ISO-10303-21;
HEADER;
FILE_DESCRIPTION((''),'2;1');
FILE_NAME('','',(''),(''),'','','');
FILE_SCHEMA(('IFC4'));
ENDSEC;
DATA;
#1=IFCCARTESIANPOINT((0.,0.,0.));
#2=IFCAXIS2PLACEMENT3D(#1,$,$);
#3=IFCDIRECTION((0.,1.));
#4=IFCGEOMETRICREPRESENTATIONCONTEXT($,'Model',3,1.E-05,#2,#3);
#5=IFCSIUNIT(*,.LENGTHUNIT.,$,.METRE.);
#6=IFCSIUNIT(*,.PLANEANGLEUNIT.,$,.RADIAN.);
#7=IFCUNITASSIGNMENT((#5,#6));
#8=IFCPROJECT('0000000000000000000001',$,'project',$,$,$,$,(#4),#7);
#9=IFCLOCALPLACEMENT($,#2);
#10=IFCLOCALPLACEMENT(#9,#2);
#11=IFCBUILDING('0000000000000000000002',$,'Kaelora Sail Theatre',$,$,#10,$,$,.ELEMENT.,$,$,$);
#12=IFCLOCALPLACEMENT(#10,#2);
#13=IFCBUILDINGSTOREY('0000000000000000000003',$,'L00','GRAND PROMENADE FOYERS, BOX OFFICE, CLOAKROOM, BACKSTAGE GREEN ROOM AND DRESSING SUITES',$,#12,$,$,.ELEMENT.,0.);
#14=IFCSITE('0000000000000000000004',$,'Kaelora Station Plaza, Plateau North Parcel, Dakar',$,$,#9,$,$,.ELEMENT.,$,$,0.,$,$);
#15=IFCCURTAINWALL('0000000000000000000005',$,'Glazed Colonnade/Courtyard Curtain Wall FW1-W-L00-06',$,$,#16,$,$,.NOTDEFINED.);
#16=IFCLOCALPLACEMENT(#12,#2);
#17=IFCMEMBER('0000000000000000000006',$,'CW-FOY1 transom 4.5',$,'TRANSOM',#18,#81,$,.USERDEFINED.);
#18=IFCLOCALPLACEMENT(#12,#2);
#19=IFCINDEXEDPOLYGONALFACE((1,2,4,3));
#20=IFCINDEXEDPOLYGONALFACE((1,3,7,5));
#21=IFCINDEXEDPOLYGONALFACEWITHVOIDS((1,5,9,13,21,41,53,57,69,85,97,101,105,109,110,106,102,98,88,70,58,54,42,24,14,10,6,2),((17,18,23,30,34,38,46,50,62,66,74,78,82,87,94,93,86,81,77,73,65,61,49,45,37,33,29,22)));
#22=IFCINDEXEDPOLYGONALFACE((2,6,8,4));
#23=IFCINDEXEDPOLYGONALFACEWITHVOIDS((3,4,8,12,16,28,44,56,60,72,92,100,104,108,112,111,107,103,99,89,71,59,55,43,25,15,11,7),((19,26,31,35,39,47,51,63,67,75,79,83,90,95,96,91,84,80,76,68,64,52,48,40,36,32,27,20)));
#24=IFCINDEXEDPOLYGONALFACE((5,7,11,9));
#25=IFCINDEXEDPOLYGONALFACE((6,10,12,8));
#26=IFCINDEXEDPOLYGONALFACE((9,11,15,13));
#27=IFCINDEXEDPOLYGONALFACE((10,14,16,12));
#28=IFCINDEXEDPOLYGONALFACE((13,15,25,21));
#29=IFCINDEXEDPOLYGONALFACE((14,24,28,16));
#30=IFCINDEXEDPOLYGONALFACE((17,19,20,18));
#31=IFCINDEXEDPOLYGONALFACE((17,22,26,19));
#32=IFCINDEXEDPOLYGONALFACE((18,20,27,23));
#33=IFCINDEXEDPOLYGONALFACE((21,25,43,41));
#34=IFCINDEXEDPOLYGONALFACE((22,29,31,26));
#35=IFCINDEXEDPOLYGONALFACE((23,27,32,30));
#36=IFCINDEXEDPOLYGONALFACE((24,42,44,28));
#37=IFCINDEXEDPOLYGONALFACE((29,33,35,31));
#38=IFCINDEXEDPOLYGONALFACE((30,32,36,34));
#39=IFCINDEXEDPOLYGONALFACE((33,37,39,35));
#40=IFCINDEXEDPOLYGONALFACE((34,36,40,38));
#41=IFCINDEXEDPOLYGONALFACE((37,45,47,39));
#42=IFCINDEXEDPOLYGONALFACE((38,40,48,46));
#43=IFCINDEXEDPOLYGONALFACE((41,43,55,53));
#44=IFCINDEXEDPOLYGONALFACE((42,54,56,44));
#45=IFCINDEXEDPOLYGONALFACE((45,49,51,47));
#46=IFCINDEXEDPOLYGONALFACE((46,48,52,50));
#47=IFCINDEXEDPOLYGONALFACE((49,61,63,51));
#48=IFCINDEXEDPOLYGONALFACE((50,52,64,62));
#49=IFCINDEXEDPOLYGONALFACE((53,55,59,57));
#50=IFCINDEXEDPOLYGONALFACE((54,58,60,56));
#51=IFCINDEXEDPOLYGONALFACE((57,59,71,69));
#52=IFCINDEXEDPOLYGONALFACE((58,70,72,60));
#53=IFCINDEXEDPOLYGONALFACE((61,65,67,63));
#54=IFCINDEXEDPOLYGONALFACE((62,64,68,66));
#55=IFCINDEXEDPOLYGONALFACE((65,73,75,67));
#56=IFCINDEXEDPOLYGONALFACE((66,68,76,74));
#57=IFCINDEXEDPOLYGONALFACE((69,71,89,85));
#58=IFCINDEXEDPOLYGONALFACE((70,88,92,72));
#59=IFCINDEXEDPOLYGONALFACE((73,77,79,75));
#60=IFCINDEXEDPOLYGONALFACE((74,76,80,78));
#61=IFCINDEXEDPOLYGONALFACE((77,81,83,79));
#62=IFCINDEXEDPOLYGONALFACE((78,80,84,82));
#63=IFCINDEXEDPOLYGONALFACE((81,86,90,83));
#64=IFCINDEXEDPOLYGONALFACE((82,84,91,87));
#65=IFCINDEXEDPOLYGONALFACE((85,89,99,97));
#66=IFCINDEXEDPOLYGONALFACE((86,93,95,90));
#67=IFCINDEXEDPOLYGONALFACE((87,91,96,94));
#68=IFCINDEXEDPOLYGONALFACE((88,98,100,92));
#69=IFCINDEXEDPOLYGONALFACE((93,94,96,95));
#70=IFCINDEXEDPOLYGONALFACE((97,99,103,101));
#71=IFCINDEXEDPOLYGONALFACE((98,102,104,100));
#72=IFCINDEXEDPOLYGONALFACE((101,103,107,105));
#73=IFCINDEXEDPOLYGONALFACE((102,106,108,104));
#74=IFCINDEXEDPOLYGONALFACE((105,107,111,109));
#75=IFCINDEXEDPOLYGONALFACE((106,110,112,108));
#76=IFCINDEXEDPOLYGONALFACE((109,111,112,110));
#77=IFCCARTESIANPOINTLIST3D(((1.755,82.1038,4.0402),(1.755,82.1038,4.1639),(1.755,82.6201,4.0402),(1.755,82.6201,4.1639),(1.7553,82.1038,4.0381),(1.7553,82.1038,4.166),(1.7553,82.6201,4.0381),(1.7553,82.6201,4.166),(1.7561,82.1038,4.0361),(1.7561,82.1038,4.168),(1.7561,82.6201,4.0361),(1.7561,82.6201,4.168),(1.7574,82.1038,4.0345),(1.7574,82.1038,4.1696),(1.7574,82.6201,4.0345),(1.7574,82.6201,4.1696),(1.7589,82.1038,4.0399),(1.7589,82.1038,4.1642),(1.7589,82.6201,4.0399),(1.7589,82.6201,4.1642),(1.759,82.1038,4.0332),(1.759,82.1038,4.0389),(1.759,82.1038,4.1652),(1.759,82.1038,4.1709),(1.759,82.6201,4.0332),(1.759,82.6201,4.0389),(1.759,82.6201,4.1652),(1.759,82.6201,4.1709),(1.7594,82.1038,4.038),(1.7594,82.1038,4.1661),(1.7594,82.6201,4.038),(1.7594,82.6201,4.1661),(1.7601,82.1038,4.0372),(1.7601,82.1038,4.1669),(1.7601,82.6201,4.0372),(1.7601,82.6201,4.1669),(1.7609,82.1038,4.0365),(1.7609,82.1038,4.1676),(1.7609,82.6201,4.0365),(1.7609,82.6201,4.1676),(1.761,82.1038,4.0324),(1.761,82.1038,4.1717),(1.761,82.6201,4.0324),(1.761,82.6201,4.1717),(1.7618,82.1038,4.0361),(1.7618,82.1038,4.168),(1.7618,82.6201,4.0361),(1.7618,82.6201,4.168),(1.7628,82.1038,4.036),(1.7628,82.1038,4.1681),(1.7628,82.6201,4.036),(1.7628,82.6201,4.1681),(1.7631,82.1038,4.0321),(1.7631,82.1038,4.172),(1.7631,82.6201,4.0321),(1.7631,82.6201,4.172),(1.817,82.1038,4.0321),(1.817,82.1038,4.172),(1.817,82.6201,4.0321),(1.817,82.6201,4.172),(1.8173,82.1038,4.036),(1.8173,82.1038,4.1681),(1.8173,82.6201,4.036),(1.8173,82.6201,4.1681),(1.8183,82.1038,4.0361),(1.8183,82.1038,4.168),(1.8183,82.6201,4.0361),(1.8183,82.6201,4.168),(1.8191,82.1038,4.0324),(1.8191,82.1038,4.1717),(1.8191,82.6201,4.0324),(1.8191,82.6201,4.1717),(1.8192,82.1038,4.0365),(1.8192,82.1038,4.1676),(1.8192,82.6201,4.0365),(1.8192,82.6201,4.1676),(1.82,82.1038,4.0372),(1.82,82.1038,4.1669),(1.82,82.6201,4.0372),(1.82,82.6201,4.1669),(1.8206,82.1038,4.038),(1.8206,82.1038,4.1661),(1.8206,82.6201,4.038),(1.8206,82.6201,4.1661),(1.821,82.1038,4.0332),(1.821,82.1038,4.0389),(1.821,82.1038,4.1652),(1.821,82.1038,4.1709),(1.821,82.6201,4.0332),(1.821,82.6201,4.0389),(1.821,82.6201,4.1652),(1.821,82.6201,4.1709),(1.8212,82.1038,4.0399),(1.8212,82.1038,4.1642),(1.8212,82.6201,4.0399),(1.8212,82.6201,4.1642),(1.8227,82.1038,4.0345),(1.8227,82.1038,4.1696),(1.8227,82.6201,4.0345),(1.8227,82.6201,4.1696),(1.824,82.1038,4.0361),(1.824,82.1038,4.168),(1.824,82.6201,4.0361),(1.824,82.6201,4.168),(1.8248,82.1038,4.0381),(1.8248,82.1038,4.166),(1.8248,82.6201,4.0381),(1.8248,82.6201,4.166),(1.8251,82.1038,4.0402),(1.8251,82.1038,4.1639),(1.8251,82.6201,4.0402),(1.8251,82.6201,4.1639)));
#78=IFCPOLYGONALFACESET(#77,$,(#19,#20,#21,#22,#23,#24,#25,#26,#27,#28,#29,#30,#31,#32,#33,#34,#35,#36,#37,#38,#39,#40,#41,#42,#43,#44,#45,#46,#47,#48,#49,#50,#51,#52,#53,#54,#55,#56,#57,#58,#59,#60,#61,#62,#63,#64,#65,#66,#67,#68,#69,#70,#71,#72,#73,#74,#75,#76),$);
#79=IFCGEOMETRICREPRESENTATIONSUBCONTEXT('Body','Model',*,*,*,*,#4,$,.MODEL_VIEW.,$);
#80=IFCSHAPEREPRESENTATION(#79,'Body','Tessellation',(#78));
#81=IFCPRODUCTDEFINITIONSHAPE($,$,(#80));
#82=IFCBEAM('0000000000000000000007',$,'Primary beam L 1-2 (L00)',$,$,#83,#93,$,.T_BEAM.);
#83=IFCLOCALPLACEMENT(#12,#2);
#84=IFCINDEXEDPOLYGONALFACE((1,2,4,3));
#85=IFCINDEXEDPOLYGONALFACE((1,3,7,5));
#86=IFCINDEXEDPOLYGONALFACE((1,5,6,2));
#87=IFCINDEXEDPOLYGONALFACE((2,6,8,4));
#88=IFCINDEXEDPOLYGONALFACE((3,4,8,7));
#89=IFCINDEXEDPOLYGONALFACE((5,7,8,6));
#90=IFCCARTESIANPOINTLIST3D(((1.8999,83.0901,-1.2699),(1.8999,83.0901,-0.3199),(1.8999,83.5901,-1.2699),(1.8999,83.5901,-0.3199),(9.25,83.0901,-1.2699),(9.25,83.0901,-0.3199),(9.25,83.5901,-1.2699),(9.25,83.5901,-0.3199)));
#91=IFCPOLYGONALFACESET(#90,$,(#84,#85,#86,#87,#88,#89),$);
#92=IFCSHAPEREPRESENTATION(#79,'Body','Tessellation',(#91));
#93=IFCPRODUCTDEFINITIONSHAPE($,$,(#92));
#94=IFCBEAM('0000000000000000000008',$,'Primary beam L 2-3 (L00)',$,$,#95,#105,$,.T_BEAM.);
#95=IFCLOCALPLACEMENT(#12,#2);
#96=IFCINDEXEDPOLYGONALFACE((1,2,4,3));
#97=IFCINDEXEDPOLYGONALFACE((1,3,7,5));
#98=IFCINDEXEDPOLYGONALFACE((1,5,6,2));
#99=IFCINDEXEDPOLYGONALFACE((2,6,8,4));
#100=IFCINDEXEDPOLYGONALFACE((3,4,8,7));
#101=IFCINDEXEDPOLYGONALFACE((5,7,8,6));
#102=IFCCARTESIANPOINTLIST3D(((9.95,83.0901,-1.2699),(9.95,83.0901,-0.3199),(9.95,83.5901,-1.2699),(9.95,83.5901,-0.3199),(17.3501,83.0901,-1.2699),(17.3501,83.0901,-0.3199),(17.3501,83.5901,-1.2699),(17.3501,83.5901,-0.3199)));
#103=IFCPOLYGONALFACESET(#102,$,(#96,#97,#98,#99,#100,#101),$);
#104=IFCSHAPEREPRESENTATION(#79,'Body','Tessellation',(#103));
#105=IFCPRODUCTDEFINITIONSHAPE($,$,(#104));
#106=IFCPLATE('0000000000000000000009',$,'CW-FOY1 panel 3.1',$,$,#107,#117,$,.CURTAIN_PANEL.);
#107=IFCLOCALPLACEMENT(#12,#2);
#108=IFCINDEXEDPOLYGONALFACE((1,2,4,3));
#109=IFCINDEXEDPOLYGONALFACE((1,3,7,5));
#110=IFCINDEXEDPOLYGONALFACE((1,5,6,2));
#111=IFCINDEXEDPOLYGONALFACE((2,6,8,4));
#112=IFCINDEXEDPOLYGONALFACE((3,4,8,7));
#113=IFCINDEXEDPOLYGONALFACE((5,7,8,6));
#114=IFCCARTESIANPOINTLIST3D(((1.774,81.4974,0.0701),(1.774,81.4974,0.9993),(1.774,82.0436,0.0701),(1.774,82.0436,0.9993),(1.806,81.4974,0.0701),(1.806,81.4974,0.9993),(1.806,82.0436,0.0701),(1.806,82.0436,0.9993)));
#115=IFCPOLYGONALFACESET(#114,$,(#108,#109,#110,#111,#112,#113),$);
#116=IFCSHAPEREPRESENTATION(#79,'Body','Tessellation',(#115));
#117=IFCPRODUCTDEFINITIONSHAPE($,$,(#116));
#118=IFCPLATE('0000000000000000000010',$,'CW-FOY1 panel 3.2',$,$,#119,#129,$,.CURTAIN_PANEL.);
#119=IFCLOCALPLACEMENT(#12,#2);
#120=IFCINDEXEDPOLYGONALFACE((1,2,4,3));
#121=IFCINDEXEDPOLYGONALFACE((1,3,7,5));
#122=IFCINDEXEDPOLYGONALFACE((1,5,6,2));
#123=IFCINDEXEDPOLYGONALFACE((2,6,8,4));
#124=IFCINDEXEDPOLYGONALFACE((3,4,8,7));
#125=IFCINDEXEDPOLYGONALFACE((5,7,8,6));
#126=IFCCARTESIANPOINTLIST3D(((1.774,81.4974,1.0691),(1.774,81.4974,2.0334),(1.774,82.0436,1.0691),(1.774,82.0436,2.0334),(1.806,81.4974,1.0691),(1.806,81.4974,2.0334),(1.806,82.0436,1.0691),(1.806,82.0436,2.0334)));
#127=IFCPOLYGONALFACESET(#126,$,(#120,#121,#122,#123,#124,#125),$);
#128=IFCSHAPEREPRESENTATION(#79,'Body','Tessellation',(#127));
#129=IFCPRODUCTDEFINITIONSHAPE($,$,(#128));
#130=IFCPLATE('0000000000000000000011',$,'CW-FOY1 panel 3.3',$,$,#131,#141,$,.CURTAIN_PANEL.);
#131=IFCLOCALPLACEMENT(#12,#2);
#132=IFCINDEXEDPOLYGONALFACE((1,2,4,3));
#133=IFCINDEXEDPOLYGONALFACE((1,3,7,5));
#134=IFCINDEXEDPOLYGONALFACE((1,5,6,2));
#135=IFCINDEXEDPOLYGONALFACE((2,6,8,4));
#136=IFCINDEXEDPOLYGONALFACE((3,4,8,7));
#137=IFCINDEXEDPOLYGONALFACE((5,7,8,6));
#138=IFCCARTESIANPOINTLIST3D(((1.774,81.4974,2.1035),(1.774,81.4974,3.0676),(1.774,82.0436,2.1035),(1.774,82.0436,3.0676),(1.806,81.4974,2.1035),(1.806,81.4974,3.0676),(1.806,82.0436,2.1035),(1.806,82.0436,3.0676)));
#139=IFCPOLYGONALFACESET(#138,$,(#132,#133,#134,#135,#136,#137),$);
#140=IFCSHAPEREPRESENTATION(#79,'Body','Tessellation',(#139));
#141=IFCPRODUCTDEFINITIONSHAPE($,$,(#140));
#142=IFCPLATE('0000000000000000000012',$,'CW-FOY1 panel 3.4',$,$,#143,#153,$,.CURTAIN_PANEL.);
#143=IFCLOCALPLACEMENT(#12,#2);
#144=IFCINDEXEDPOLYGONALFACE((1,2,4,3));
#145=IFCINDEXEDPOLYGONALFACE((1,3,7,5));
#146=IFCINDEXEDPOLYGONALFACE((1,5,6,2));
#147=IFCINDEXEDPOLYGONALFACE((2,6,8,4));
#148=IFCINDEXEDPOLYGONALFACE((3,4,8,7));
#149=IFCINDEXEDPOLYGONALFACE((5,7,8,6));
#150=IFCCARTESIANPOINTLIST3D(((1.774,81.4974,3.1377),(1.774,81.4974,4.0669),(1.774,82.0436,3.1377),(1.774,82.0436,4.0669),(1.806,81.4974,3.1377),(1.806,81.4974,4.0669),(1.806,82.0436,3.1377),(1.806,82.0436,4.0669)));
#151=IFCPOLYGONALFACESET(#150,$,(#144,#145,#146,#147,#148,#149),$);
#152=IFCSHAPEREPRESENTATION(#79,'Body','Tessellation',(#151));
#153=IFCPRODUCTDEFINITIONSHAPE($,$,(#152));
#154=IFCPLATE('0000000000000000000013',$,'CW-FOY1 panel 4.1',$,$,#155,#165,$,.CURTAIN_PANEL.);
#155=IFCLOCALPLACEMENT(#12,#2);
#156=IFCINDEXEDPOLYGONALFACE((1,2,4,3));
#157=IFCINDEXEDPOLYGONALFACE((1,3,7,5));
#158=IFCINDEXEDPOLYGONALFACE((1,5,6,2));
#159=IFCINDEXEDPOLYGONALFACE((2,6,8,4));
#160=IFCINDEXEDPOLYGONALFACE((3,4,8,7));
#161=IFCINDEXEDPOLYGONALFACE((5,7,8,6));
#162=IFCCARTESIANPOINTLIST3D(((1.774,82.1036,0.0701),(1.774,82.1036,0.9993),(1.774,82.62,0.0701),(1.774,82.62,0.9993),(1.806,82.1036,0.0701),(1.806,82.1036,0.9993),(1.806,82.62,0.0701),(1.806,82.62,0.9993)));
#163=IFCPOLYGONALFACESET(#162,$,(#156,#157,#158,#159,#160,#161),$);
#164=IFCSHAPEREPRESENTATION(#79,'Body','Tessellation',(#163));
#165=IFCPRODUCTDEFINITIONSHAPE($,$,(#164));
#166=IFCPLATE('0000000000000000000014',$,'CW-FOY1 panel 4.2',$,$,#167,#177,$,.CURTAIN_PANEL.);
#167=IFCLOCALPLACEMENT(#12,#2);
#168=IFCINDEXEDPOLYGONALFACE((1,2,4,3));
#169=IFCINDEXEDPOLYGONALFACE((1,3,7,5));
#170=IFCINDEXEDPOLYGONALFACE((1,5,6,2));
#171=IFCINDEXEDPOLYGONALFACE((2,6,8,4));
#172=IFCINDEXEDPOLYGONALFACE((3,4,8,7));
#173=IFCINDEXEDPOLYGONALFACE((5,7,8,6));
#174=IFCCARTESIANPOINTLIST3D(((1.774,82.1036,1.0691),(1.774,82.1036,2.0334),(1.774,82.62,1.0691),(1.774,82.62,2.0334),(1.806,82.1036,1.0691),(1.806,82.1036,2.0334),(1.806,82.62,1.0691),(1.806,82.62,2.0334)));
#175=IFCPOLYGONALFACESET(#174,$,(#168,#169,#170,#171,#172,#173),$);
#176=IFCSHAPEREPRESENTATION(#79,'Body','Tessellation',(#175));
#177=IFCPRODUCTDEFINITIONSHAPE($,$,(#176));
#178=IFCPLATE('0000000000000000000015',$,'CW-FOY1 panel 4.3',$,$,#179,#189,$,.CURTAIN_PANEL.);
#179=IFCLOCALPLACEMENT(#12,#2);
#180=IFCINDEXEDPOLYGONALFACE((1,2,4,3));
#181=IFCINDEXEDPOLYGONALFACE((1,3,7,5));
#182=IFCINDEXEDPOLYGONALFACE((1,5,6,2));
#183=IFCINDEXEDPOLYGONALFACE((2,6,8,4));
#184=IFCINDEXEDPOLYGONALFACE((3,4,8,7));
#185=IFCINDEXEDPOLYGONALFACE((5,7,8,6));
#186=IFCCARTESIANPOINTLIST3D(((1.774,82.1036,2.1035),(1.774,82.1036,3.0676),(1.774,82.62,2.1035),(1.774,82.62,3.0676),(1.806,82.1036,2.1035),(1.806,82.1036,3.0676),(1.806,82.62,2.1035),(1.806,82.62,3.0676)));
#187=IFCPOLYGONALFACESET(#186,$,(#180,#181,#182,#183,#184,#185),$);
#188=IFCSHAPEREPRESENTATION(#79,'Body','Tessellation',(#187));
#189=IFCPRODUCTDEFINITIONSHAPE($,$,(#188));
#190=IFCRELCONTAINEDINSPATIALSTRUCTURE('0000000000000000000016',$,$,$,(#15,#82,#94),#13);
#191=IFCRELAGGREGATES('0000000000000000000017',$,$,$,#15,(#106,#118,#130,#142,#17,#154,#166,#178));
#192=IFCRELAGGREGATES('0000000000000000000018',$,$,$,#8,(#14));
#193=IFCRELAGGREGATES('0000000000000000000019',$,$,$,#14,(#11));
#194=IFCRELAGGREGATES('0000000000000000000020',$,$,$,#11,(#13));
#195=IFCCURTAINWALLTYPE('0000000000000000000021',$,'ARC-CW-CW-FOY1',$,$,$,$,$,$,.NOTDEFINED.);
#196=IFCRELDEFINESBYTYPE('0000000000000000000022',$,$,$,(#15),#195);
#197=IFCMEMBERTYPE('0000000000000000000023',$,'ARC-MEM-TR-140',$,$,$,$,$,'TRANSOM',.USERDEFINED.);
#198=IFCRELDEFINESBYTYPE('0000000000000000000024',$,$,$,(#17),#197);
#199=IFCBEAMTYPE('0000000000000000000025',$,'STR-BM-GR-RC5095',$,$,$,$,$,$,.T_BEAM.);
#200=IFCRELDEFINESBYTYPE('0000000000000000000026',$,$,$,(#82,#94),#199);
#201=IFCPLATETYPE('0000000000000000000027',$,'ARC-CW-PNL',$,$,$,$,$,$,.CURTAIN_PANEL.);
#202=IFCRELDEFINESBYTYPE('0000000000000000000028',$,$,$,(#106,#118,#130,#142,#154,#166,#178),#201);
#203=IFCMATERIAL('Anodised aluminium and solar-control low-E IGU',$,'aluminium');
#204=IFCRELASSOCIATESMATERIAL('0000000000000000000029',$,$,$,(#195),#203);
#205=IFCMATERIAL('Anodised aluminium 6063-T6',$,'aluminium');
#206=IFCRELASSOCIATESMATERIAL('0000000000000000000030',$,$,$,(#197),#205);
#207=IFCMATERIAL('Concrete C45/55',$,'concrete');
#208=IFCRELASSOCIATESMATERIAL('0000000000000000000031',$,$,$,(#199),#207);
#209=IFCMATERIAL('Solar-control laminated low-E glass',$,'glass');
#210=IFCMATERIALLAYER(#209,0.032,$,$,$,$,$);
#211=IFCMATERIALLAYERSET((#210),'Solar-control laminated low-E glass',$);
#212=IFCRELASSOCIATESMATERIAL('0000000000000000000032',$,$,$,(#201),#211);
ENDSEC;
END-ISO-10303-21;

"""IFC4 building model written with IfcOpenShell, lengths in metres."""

from ifc_helpers import new_model, si_unit, direction, frame, origin, origin_2d, place, context, subcontext, project, spatial, rectangle, hollow_rectangle, extrude, material, layer, layer_set, material_profile, profile_set, type_object, element, aggregate, save


model = new_model("IFC4")

# Units and contexts
model_context = context("Model", 3, precision=1e-05, world=origin(), true_north=direction((0.0, 1.0)))
body_context = subcontext(model_context, "Body", "Model", "MODEL_VIEW")
ifc_project = project(units=[si_unit("LENGTHUNIT", "METRE"), si_unit("PLANEANGLEUNIT", "RADIAN")], contexts=[model_context])

# Site, building, storey
site_placement = place(None, origin())
site = spatial("IfcSite", under=ifc_project, at=site_placement, Name="Kaelora Station Plaza, Plateau North Parcel, Dakar", CompositionType="ELEMENT", RefElevation=0.0)
building_placement = place(site_placement, origin())
building = spatial("IfcBuilding", under=site, at=building_placement, Name="Kaelora Sail Theatre", CompositionType="ELEMENT")
storey_placement = place(building_placement, origin())
storey = spatial("IfcBuildingStorey", under=building, at=storey_placement, Name="L00", Description="GRAND PROMENADE FOYERS, BOX OFFICE, CLOAKROOM, BACKSTAGE GREEN ROOM AND DRESSING SUITES", CompositionType="ELEMENT", Elevation=0.0)

# Curtain wall, member
ifc_material_1 = material(Name="Anodised aluminium and solar-control low-E IGU", Category="aluminium")
curtain_wall_type = type_object("IfcCurtainWallType", Name="ARC-CW-CW-FOY1", PredefinedType="NOTDEFINED", material=ifc_material_1)
curtain_wall_placement = place(storey_placement, origin())
curtain_wall = element("IfcCurtainWall", 1, at=curtain_wall_placement, inside=storey, type_object=curtain_wall_type, Name="Glazed Colonnade/Courtyard Curtain Wall FW1-W-L00-06", PredefinedType="NOTDEFINED")
ifc_material_2 = material(Name="Anodised aluminium 6063-T6", Category="aluminium")
ifc_material_profile_1 = material_profile(ifc_material_2, hollow_rectangle(XDim=0.0701, YDim=0.1399, WallThickness=0.0039, InnerFilletRadius=0.0039, OuterFilletRadius=0.0081, at=origin_2d()), Name="ALU-TRAN 70x140x4")
ifc_profile_set_1 = profile_set([ifc_material_profile_1], Name="Anodised aluminium 6063-T6")
member_type_1 = type_object("IfcMemberType", Name="ARC-MEM-TR-140", ElementType="TRANSOM", PredefinedType="USERDEFINED", material=ifc_profile_set_1)
member_1_placement = place(storey_placement, frame((1.79, 82.1038, 4.1021), z_axis=(0.0, 1.0, 0.0), x_axis=(-1.0, 0.0, 0.0)))
member_1 = element("IfcMember", 2, at=member_1_placement, type_object=member_type_1, Name="CW-FOY1 transom 4.5", ObjectType="TRANSOM", PredefinedType="USERDEFINED", context=body_context, shape_type="SweptSolid", body=[
    extrude(hollow_rectangle(XDim=0.0701, YDim=0.1399, WallThickness=0.0039, InnerFilletRadius=0.0039, OuterFilletRadius=0.0081, at=origin_2d()), origin(), (0.0, 0.0, 1.0), 0.5164),
])

# Beams
ifc_material_3 = material(Name="Concrete C45/55", Category="concrete")
ifc_material_profile_2 = material_profile(ifc_material_3, rectangle(XDim=0.5, YDim=0.95, at=origin_2d()), Name="RC-GRD 500x950")
ifc_profile_set_2 = profile_set([ifc_material_profile_2], Name="Concrete C45/55")
beam_type = type_object("IfcBeamType", Name="STR-BM-GR-RC5095", PredefinedType="T_BEAM", material=ifc_profile_set_2)
beam_1_placement = place(storey_placement, frame((1.8999, 83.3401, -0.7949), z_axis=(1.0, 0.0, 0.0), x_axis=(0.0, 1.0, 0.0)))
element("IfcBeam", 3, at=beam_1_placement, inside=storey, type_object=beam_type, Name="Primary beam L 1-2 (L00)", PredefinedType="T_BEAM", context=body_context, shape_type="SweptSolid", body=[
    extrude(rectangle(XDim=0.5, YDim=0.95, at=origin_2d()), origin(), (0.0, 0.0, 1.0), 7.3501),
])
beam_2_placement = place(storey_placement, frame((9.95, 83.3401, -0.7949), z_axis=(1.0, 0.0, 0.0), x_axis=(0.0, 1.0, 0.0)))
element("IfcBeam", 4, at=beam_2_placement, inside=storey, type_object=beam_type, Name="Primary beam L 2-3 (L00)", PredefinedType="T_BEAM", context=body_context, shape_type="SweptSolid", body=[
    extrude(rectangle(XDim=0.5, YDim=0.95, at=origin_2d()), origin(), (0.0, 0.0, 1.0), 7.4001),
])

# Plates
ifc_material_4 = material(Name="Solar-control laminated low-E glass", Category="glass")
ifc_layer_1 = layer(ifc_material_4, 0.032)
ifc_layer_set_1 = layer_set([ifc_layer_1], Name="Solar-control laminated low-E glass")
plate_type = type_object("IfcPlateType", Name="ARC-CW-PNL", PredefinedType="CURTAIN_PANEL", material=ifc_layer_set_1)
plate_1_placement = place(storey_placement, frame((1.79, 81.7705, 0.0701), z_axis=(0.0, 0.0, 1.0), x_axis=(0.0, 1.0, 0.0)))
plate_1 = element("IfcPlate", 5, at=plate_1_placement, type_object=plate_type, Name="CW-FOY1 panel 3.1", PredefinedType="CURTAIN_PANEL", context=body_context, shape_type="SweptSolid", body=[
    extrude(rectangle(XDim=0.5461, YDim=0.032, at=origin_2d()), origin(), (0.0, 0.0, 1.0), 0.9292),
])
plate_2_placement = place(storey_placement, frame((1.79, 81.7705, 1.0691), z_axis=(0.0, 0.0, 1.0), x_axis=(0.0, 1.0, 0.0)))
plate_2 = element("IfcPlate", 6, at=plate_2_placement, type_object=plate_type, Name="CW-FOY1 panel 3.2", PredefinedType="CURTAIN_PANEL", context=body_context, shape_type="SweptSolid", body=[
    extrude(rectangle(XDim=0.5461, YDim=0.032, at=origin_2d()), origin(), (0.0, 0.0, 1.0), 0.9644),
])
plate_3_placement = place(storey_placement, frame((1.79, 81.7705, 2.1035), z_axis=(0.0, 0.0, 1.0), x_axis=(0.0, 1.0, 0.0)))
plate_3 = element("IfcPlate", 7, at=plate_3_placement, type_object=plate_type, Name="CW-FOY1 panel 3.3", PredefinedType="CURTAIN_PANEL", context=body_context, shape_type="SweptSolid", body=[
    extrude(rectangle(XDim=0.5461, YDim=0.032, at=origin_2d()), origin(), (0.0, 0.0, 1.0), 0.9641),
])
plate_4_placement = place(storey_placement, frame((1.79, 81.7705, 3.1377), z_axis=(0.0, 0.0, 1.0), x_axis=(0.0, 1.0, 0.0)))
plate_4 = element("IfcPlate", 8, at=plate_4_placement, type_object=plate_type, Name="CW-FOY1 panel 3.4", PredefinedType="CURTAIN_PANEL", context=body_context, shape_type="SweptSolid", body=[
    extrude(rectangle(XDim=0.5461, YDim=0.032, at=origin_2d()), origin(), (0.0, 0.0, 1.0), 0.9292),
])
plate_5_placement = place(storey_placement, frame((1.79, 82.3618, 0.0701), z_axis=(0.0, 0.0, 1.0), x_axis=(0.0, 1.0, 0.0)))
plate_5 = element("IfcPlate", 9, at=plate_5_placement, type_object=plate_type, Name="CW-FOY1 panel 4.1", PredefinedType="CURTAIN_PANEL", context=body_context, shape_type="SweptSolid", body=[
    extrude(rectangle(XDim=0.5164, YDim=0.032, at=origin_2d()), origin(), (0.0, 0.0, 1.0), 0.9292),
])
plate_6_placement = place(storey_placement, frame((1.79, 82.3618, 1.0691), z_axis=(0.0, 0.0, 1.0), x_axis=(0.0, 1.0, 0.0)))
plate_6 = element("IfcPlate", 10, at=plate_6_placement, type_object=plate_type, Name="CW-FOY1 panel 4.2", PredefinedType="CURTAIN_PANEL", context=body_context, shape_type="SweptSolid", body=[
    extrude(rectangle(XDim=0.5164, YDim=0.032, at=origin_2d()), origin(), (0.0, 0.0, 1.0), 0.9644),
])
plate_7_placement = place(storey_placement, frame((1.79, 82.3618, 2.1035), z_axis=(0.0, 0.0, 1.0), x_axis=(0.0, 1.0, 0.0)))
plate_7 = element("IfcPlate", 11, at=plate_7_placement, type_object=plate_type, Name="CW-FOY1 panel 4.3", PredefinedType="CURTAIN_PANEL", context=body_context, shape_type="SweptSolid", body=[
    extrude(rectangle(XDim=0.5164, YDim=0.032, at=origin_2d()), origin(), (0.0, 0.0, 1.0), 0.9641),
])
aggregate(curtain_wall, [plate_1, plate_2, plate_3, plate_4, member_1, plate_5, plate_6, plate_7])

save(model, "model.ifc")
